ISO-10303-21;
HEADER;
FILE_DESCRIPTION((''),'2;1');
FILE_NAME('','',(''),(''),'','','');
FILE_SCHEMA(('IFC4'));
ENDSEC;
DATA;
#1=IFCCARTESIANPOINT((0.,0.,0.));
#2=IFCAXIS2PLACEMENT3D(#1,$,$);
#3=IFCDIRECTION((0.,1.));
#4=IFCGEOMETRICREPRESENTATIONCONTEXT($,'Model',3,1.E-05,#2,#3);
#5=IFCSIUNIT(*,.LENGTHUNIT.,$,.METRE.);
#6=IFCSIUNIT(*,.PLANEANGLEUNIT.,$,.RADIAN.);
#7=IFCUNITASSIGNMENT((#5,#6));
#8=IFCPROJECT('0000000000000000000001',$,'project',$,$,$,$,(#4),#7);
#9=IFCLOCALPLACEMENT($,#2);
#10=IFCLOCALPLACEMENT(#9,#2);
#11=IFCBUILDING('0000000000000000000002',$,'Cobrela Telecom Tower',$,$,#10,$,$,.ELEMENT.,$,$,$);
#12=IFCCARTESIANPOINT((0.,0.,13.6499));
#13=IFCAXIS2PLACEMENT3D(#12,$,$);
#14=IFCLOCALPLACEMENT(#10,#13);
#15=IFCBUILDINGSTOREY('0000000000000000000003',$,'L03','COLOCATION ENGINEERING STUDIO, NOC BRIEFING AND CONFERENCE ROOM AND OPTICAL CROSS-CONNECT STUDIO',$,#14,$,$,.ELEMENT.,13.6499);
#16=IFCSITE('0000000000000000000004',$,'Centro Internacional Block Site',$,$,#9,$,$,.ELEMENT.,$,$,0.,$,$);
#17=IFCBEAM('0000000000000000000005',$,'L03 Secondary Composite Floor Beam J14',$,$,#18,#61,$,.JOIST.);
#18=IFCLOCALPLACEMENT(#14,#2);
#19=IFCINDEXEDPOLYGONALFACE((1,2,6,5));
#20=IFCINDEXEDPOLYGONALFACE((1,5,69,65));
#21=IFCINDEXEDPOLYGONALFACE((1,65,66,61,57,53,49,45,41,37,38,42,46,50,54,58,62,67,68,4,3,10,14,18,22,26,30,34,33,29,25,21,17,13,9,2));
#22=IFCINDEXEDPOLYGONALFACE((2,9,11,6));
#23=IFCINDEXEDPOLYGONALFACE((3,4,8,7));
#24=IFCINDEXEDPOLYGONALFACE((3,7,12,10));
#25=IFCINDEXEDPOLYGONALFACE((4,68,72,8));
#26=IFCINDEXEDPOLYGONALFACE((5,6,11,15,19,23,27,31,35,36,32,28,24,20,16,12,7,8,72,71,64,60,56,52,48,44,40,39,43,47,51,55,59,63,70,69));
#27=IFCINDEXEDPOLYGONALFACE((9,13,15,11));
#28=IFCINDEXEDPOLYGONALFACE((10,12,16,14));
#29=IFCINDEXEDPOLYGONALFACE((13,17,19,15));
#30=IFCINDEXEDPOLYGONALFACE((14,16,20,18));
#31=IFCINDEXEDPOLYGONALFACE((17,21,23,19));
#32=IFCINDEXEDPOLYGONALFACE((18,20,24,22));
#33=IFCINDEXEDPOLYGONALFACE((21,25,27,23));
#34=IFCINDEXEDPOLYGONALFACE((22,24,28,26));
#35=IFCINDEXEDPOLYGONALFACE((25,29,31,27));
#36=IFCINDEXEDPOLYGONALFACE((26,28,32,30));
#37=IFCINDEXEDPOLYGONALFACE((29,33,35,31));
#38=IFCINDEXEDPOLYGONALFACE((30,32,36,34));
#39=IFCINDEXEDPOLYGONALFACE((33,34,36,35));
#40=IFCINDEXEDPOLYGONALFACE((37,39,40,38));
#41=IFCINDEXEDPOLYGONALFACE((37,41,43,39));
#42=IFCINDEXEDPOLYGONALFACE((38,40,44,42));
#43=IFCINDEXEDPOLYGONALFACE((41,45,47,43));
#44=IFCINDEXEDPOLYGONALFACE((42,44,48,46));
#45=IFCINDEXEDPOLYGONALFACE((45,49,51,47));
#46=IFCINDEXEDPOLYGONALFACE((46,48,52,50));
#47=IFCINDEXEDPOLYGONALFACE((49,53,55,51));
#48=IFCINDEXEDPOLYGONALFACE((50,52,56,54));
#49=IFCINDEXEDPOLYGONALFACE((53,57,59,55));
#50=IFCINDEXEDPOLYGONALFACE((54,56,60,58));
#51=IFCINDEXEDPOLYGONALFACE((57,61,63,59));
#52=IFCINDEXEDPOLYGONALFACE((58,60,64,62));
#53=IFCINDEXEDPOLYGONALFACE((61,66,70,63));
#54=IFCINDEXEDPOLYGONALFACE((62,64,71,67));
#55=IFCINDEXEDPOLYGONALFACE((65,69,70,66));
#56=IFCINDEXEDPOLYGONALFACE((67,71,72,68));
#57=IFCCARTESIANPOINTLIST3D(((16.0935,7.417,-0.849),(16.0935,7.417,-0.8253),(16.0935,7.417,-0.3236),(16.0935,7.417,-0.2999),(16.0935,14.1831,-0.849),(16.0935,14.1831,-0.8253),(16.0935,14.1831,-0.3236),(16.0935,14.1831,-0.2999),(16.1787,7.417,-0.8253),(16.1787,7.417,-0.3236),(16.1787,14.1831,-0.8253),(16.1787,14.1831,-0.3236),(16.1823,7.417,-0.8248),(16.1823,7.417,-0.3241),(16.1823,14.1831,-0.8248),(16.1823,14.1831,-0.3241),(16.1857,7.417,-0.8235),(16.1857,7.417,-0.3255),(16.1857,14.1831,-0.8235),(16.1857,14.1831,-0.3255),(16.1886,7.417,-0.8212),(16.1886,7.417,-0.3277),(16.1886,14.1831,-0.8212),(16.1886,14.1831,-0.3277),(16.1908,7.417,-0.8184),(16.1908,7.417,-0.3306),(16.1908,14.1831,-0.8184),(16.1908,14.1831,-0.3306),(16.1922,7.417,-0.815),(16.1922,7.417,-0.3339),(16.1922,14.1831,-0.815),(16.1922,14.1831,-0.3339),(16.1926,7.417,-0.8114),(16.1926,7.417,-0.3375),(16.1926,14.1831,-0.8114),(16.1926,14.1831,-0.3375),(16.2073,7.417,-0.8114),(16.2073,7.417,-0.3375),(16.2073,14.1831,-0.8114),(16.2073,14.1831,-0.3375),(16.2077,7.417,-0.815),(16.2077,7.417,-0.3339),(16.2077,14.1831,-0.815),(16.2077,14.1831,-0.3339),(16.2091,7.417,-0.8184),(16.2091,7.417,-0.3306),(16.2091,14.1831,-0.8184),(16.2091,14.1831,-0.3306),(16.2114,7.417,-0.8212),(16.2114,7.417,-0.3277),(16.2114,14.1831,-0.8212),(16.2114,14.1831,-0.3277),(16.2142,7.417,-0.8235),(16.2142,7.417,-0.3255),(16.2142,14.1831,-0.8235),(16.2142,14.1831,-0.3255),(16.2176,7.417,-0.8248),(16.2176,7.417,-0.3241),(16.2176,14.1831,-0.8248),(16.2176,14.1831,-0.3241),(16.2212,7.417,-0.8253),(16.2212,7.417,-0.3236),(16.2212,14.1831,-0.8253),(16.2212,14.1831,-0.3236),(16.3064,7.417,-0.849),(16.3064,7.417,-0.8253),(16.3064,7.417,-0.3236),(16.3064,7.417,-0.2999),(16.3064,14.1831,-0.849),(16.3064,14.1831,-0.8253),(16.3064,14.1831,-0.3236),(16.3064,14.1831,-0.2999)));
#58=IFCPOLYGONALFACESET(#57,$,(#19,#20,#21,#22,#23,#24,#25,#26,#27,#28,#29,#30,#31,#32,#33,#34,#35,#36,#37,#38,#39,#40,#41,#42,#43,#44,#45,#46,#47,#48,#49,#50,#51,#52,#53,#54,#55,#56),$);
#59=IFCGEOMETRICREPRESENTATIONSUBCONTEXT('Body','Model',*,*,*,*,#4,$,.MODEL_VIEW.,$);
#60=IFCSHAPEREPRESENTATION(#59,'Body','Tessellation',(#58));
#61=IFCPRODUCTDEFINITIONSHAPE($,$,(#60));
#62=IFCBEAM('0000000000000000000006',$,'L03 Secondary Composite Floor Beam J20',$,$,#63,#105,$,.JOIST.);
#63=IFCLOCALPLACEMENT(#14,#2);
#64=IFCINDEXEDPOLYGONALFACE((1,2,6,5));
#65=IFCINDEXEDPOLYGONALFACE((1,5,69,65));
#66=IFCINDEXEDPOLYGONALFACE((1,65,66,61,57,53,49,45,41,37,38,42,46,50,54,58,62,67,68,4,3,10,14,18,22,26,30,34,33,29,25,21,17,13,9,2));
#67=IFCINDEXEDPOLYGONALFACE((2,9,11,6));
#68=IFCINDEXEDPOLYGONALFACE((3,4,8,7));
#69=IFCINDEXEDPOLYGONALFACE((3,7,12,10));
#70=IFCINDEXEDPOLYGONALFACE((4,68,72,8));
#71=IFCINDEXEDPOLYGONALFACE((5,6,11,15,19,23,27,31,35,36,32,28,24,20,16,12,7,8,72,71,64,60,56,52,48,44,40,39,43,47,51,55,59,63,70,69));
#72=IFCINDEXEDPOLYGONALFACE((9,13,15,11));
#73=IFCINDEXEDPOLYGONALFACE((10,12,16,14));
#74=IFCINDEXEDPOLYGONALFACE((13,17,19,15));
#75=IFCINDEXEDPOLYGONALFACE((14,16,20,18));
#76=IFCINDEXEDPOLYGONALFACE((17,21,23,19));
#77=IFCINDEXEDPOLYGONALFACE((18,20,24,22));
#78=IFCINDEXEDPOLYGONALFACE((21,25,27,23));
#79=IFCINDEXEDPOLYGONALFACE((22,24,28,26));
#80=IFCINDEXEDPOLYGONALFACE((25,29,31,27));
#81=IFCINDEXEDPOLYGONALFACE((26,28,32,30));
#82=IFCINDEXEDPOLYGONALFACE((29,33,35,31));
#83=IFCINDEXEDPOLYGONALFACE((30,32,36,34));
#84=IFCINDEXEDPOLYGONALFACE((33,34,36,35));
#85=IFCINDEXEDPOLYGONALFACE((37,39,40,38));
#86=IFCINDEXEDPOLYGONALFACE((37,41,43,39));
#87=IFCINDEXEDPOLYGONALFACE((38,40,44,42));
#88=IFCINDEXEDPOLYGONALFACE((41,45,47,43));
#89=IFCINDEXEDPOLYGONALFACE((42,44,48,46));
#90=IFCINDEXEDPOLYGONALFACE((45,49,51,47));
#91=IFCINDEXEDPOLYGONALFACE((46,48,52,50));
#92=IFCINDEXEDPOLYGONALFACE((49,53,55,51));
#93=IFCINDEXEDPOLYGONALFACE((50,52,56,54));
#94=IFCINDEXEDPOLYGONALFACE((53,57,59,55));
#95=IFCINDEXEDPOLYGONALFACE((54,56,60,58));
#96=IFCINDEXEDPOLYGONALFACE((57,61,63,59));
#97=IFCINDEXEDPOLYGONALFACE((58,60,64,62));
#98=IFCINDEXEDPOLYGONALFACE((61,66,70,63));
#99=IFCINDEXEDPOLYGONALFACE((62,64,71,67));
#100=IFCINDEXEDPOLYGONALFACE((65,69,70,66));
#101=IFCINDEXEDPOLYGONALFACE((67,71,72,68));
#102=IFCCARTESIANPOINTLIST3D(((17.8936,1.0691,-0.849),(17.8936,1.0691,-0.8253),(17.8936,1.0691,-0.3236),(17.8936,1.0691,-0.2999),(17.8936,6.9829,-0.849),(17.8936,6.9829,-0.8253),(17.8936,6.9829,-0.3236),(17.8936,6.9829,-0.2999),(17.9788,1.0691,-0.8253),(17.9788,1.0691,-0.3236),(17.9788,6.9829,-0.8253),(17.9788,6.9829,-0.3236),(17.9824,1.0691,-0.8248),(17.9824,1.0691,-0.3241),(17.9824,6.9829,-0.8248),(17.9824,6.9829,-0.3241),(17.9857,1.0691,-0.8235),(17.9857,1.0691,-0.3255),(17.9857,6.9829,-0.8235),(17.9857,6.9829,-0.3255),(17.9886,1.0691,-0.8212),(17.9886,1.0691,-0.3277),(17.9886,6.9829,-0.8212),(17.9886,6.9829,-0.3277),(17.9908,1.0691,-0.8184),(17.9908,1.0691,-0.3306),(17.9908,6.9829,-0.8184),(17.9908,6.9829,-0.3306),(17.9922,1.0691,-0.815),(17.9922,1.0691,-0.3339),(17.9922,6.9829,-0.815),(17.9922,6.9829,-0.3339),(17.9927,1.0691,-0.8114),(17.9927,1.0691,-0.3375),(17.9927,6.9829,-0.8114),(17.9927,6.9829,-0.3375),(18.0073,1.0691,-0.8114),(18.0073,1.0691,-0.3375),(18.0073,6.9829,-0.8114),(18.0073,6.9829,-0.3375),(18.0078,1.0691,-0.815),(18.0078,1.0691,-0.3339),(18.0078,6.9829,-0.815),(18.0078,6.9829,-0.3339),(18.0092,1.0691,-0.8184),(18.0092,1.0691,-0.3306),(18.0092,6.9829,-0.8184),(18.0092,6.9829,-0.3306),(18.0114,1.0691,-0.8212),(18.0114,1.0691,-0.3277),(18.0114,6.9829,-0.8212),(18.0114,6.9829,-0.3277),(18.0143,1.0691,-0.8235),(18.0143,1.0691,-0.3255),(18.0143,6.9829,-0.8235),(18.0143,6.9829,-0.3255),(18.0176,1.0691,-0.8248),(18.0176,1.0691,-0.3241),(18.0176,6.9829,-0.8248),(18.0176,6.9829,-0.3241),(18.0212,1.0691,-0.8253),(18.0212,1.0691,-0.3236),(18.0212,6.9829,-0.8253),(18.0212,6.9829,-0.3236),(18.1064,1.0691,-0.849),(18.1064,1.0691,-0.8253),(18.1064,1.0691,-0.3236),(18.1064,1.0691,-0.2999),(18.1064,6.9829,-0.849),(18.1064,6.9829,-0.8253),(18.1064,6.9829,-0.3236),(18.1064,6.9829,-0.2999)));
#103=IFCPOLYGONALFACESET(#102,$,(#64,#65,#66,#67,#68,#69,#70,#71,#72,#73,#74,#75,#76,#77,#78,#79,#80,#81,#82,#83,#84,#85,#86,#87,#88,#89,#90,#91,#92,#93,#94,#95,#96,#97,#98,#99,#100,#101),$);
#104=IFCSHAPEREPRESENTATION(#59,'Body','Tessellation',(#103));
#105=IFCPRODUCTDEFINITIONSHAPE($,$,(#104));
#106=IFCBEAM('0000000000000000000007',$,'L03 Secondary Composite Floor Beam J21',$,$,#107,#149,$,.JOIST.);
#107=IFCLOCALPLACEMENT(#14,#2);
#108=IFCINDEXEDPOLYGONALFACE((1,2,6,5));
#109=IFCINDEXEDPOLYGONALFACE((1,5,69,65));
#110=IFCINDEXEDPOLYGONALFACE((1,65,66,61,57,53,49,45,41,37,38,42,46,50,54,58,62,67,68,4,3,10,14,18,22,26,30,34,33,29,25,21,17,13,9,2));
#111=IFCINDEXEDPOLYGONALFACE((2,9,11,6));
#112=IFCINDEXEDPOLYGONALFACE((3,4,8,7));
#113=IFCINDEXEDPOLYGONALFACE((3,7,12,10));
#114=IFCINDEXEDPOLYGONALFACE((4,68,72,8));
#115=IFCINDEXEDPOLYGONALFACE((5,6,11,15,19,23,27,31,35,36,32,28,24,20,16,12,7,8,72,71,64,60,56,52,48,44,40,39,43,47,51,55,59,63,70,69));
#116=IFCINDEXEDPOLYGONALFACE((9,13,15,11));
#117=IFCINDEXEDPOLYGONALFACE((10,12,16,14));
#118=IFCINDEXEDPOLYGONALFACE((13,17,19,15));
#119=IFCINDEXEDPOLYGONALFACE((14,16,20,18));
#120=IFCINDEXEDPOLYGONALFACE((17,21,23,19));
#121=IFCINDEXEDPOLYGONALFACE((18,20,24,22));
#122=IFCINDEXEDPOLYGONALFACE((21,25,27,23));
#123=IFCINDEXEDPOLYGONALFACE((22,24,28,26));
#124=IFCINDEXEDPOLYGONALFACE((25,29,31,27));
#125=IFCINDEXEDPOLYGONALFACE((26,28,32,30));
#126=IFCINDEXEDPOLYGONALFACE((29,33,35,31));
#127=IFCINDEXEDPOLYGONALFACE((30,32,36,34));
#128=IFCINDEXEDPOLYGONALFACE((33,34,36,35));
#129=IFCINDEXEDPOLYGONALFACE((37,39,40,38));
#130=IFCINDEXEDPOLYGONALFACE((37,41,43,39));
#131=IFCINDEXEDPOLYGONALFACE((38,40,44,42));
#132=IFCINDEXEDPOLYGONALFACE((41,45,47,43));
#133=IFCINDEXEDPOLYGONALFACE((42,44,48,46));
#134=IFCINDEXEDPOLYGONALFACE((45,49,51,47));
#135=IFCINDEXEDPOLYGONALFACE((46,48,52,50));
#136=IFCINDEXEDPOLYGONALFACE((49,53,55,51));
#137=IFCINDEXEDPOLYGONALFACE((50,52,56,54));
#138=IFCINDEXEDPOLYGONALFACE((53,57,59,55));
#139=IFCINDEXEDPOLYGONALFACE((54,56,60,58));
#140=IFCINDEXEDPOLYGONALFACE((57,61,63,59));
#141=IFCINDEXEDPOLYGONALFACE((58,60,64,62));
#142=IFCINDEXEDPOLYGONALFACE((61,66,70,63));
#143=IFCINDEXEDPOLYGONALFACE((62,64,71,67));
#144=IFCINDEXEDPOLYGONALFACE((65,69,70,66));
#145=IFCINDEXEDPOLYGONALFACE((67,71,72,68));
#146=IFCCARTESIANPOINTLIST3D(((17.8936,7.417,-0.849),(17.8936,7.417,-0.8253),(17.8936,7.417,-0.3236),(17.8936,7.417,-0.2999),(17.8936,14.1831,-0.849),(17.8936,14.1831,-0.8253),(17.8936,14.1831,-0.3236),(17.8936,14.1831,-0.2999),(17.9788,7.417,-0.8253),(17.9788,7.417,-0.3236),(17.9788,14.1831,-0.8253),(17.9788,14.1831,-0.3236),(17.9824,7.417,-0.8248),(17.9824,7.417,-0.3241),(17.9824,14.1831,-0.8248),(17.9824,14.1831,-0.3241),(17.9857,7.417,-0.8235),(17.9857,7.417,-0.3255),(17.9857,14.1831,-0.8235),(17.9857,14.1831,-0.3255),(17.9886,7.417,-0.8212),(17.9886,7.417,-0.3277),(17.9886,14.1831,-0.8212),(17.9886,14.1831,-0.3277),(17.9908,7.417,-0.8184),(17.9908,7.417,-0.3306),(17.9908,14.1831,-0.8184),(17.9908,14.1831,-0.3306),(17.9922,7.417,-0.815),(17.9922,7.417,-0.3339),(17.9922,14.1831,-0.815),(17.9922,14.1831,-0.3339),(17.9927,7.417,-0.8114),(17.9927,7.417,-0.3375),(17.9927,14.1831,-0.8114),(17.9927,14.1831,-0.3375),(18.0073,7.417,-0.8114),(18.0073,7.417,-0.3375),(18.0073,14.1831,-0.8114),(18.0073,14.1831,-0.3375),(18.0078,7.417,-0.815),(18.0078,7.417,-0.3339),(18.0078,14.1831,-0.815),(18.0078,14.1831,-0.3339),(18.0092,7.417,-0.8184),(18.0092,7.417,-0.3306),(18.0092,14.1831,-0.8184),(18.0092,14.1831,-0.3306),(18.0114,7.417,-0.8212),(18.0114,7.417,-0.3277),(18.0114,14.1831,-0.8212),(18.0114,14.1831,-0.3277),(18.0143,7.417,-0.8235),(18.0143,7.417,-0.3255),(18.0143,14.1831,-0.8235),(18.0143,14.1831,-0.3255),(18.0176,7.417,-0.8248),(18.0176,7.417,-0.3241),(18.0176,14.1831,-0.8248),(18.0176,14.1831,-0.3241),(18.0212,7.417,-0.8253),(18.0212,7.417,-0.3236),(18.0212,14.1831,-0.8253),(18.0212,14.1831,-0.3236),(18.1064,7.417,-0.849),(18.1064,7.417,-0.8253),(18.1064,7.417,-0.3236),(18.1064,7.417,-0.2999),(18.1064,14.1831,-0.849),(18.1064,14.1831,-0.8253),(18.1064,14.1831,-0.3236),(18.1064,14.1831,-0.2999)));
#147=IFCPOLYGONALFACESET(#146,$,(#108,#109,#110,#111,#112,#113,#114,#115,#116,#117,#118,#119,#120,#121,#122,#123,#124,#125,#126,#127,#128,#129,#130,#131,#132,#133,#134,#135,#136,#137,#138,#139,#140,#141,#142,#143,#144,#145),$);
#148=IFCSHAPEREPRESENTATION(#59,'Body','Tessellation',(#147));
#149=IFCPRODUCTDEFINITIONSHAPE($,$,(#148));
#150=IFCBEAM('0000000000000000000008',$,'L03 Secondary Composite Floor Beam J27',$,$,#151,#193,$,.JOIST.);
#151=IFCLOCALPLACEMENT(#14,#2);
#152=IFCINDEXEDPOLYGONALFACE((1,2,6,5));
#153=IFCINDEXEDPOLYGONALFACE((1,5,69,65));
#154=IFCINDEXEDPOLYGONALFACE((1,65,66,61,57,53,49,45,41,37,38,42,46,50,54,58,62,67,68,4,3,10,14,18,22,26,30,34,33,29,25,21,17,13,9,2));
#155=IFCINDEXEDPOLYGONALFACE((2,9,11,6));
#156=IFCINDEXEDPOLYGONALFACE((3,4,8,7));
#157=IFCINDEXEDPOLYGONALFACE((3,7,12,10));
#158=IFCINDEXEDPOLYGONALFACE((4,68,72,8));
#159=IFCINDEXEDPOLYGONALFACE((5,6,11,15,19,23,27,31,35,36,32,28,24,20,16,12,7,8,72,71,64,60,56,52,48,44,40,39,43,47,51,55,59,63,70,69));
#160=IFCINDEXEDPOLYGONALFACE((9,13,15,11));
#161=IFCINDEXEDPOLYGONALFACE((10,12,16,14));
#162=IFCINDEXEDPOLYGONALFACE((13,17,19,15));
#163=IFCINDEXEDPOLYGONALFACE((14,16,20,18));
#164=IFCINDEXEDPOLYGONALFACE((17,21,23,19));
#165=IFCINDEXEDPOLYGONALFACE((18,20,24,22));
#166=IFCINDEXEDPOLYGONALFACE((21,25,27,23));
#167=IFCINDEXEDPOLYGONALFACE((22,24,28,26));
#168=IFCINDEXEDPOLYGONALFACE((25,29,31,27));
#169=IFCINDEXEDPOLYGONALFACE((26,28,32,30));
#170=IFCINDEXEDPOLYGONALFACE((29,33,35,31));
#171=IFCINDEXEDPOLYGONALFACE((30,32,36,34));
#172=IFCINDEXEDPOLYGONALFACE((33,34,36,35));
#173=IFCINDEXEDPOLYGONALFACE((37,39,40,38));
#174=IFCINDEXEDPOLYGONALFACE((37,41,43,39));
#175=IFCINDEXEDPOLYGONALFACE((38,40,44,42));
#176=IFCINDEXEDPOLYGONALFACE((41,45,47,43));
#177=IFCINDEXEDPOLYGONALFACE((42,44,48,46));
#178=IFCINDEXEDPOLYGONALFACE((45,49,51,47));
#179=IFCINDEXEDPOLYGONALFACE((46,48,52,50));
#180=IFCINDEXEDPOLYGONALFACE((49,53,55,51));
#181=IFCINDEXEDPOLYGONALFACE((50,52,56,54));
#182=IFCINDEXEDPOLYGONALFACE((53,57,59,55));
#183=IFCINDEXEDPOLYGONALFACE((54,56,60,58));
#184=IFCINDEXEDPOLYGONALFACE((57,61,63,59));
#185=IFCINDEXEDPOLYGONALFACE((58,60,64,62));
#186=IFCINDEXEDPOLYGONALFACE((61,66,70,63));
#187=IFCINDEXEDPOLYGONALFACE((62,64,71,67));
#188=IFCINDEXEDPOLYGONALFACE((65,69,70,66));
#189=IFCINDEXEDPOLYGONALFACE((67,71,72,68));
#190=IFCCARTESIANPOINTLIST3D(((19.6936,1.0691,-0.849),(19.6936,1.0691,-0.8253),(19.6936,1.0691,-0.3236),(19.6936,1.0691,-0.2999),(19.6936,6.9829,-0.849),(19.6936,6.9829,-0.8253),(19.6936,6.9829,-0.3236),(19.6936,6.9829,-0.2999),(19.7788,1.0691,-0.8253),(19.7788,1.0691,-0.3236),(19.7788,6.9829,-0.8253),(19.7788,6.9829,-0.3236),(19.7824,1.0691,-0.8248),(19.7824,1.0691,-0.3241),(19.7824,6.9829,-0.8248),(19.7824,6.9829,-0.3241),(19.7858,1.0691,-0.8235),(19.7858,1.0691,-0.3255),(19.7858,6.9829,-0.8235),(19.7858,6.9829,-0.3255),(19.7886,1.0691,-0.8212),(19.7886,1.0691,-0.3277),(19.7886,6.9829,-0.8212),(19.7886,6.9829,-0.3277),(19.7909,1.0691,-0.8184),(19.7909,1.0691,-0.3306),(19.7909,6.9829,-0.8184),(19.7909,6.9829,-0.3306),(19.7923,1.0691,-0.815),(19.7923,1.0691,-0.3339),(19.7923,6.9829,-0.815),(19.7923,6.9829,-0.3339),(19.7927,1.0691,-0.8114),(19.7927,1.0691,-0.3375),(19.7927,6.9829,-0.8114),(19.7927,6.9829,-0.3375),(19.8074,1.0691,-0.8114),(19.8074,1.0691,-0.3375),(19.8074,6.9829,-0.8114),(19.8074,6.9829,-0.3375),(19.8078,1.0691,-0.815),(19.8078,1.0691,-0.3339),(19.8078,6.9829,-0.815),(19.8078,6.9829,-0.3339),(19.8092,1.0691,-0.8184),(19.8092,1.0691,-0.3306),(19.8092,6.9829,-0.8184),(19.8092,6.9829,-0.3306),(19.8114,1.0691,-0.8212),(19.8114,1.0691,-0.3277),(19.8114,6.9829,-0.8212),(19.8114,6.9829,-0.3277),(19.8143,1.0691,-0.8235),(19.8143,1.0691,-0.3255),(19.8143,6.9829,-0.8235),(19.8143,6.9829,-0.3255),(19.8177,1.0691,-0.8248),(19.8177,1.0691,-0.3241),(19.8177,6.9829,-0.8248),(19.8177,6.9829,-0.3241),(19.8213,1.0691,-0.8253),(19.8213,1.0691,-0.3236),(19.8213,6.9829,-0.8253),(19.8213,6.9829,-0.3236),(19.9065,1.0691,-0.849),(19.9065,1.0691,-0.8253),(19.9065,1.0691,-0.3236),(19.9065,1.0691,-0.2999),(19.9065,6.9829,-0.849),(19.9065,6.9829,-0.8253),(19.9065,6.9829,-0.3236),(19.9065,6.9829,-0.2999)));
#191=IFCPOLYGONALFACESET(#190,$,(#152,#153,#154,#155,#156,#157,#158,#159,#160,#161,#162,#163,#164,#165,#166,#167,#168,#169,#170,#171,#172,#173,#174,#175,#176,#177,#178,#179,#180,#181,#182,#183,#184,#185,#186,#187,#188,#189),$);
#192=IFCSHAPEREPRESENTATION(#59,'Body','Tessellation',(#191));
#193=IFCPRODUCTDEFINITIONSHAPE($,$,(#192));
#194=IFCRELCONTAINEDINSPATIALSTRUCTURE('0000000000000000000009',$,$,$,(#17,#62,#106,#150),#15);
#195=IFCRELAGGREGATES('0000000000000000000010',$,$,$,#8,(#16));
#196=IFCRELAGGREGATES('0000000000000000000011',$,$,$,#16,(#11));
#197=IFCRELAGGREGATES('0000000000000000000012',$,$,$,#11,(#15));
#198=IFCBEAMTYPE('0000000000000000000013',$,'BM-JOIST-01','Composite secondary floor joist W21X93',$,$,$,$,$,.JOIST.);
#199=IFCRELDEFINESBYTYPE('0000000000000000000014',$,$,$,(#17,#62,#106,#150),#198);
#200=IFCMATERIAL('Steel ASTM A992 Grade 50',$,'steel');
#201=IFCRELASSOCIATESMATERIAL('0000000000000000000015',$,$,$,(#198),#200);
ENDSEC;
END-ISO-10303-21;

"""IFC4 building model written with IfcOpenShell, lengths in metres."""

from ifc_helpers import new_model, si_unit, direction, frame, origin, origin_2d, place, context, subcontext, project, spatial, i_section, extrude, material, material_profile, profile_set, type_object, element, save


model = new_model("IFC4")

# Units and contexts
model_context = context("Model", 3, precision=1e-05, world=origin(), true_north=direction((0.0, 1.0)))
body_context = subcontext(model_context, "Body", "Model", "MODEL_VIEW")
ifc_project = project(units=[si_unit("LENGTHUNIT", "METRE"), si_unit("PLANEANGLEUNIT", "RADIAN")], contexts=[model_context])

# Site, building, storey
site_placement = place(None, origin())
site = spatial("IfcSite", under=ifc_project, at=site_placement, Name="Centro Internacional Block Site", CompositionType="ELEMENT", RefElevation=0.0)
building_placement = place(site_placement, origin())
building = spatial("IfcBuilding", under=site, at=building_placement, Name="Cobrela Telecom Tower", CompositionType="ELEMENT")
storey_placement = place(building_placement, frame((0.0, 0.0, 13.6499)))
storey = spatial("IfcBuildingStorey", under=building, at=storey_placement, Name="L03", Description="COLOCATION ENGINEERING STUDIO, NOC BRIEFING AND CONFERENCE ROOM AND OPTICAL CROSS-CONNECT STUDIO", CompositionType="ELEMENT", Elevation=13.6499)

# Beams
ifc_material_1 = material(Name="Steel ASTM A992 Grade 50", Category="steel")
ifc_material_profile_1 = material_profile(ifc_material_1, i_section(OverallWidth=0.2129, OverallDepth=0.5491, WebThickness=0.0146, FlangeThickness=0.0237, FilletRadius=0.0139, at=origin_2d()), Name="W21X93")
ifc_profile_set_1 = profile_set([ifc_material_profile_1], Name="Steel ASTM A992 Grade 50")
beam_type_1 = type_object("IfcBeamType", Name="BM-JOIST-01", Description="Composite secondary floor joist W21X93", PredefinedType="JOIST", material=ifc_profile_set_1)
beam_1_placement = place(storey_placement, frame((16.2, 7.417, -0.5745), z_axis=(0.0, 1.0, 0.0), x_axis=(-1.0, 0.0, 0.0)))
element("IfcBeam", 1, at=beam_1_placement, inside=storey, type_object=beam_type_1, Name="L03 Secondary Composite Floor Beam J14", PredefinedType="JOIST", context=body_context, shape_type="SweptSolid", body=[
    extrude(i_section(OverallWidth=0.2129, OverallDepth=0.5491, WebThickness=0.0146, FlangeThickness=0.0237, FilletRadius=0.0139, at=origin_2d()), origin(), (0.0, 0.0, 1.0), 6.7661),
])
beam_2_placement = place(storey_placement, frame((18.0, 1.0691, -0.5745), z_axis=(0.0, 1.0, 0.0), x_axis=(-1.0, 0.0, 0.0)))
element("IfcBeam", 2, at=beam_2_placement, inside=storey, type_object=beam_type_1, Name="L03 Secondary Composite Floor Beam J20", PredefinedType="JOIST", context=body_context, shape_type="SweptSolid", body=[
    extrude(i_section(OverallWidth=0.2129, OverallDepth=0.5491, WebThickness=0.0146, FlangeThickness=0.0237, FilletRadius=0.0139, at=origin_2d()), origin(), (0.0, 0.0, 1.0), 5.9138),
])
beam_3_placement = place(storey_placement, frame((18.0, 7.417, -0.5745), z_axis=(0.0, 1.0, 0.0), x_axis=(-1.0, 0.0, 0.0)))
element("IfcBeam", 3, at=beam_3_placement, inside=storey, type_object=beam_type_1, Name="L03 Secondary Composite Floor Beam J21", PredefinedType="JOIST", context=body_context, shape_type="SweptSolid", body=[
    extrude(i_section(OverallWidth=0.2129, OverallDepth=0.5491, WebThickness=0.0146, FlangeThickness=0.0237, FilletRadius=0.0139, at=origin_2d()), origin(), (0.0, 0.0, 1.0), 6.7661),
])
beam_4_placement = place(storey_placement, frame((19.8, 1.0691, -0.5745), z_axis=(0.0, 1.0, 0.0), x_axis=(-1.0, 0.0, 0.0)))
element("IfcBeam", 4, at=beam_4_placement, inside=storey, type_object=beam_type_1, Name="L03 Secondary Composite Floor Beam J27", PredefinedType="JOIST", context=body_context, shape_type="SweptSolid", body=[
    extrude(i_section(OverallWidth=0.2129, OverallDepth=0.5491, WebThickness=0.0146, FlangeThickness=0.0237, FilletRadius=0.0139, at=origin_2d()), origin(), (0.0, 0.0, 1.0), 5.9138),
])

save(model, "model.ifc")
